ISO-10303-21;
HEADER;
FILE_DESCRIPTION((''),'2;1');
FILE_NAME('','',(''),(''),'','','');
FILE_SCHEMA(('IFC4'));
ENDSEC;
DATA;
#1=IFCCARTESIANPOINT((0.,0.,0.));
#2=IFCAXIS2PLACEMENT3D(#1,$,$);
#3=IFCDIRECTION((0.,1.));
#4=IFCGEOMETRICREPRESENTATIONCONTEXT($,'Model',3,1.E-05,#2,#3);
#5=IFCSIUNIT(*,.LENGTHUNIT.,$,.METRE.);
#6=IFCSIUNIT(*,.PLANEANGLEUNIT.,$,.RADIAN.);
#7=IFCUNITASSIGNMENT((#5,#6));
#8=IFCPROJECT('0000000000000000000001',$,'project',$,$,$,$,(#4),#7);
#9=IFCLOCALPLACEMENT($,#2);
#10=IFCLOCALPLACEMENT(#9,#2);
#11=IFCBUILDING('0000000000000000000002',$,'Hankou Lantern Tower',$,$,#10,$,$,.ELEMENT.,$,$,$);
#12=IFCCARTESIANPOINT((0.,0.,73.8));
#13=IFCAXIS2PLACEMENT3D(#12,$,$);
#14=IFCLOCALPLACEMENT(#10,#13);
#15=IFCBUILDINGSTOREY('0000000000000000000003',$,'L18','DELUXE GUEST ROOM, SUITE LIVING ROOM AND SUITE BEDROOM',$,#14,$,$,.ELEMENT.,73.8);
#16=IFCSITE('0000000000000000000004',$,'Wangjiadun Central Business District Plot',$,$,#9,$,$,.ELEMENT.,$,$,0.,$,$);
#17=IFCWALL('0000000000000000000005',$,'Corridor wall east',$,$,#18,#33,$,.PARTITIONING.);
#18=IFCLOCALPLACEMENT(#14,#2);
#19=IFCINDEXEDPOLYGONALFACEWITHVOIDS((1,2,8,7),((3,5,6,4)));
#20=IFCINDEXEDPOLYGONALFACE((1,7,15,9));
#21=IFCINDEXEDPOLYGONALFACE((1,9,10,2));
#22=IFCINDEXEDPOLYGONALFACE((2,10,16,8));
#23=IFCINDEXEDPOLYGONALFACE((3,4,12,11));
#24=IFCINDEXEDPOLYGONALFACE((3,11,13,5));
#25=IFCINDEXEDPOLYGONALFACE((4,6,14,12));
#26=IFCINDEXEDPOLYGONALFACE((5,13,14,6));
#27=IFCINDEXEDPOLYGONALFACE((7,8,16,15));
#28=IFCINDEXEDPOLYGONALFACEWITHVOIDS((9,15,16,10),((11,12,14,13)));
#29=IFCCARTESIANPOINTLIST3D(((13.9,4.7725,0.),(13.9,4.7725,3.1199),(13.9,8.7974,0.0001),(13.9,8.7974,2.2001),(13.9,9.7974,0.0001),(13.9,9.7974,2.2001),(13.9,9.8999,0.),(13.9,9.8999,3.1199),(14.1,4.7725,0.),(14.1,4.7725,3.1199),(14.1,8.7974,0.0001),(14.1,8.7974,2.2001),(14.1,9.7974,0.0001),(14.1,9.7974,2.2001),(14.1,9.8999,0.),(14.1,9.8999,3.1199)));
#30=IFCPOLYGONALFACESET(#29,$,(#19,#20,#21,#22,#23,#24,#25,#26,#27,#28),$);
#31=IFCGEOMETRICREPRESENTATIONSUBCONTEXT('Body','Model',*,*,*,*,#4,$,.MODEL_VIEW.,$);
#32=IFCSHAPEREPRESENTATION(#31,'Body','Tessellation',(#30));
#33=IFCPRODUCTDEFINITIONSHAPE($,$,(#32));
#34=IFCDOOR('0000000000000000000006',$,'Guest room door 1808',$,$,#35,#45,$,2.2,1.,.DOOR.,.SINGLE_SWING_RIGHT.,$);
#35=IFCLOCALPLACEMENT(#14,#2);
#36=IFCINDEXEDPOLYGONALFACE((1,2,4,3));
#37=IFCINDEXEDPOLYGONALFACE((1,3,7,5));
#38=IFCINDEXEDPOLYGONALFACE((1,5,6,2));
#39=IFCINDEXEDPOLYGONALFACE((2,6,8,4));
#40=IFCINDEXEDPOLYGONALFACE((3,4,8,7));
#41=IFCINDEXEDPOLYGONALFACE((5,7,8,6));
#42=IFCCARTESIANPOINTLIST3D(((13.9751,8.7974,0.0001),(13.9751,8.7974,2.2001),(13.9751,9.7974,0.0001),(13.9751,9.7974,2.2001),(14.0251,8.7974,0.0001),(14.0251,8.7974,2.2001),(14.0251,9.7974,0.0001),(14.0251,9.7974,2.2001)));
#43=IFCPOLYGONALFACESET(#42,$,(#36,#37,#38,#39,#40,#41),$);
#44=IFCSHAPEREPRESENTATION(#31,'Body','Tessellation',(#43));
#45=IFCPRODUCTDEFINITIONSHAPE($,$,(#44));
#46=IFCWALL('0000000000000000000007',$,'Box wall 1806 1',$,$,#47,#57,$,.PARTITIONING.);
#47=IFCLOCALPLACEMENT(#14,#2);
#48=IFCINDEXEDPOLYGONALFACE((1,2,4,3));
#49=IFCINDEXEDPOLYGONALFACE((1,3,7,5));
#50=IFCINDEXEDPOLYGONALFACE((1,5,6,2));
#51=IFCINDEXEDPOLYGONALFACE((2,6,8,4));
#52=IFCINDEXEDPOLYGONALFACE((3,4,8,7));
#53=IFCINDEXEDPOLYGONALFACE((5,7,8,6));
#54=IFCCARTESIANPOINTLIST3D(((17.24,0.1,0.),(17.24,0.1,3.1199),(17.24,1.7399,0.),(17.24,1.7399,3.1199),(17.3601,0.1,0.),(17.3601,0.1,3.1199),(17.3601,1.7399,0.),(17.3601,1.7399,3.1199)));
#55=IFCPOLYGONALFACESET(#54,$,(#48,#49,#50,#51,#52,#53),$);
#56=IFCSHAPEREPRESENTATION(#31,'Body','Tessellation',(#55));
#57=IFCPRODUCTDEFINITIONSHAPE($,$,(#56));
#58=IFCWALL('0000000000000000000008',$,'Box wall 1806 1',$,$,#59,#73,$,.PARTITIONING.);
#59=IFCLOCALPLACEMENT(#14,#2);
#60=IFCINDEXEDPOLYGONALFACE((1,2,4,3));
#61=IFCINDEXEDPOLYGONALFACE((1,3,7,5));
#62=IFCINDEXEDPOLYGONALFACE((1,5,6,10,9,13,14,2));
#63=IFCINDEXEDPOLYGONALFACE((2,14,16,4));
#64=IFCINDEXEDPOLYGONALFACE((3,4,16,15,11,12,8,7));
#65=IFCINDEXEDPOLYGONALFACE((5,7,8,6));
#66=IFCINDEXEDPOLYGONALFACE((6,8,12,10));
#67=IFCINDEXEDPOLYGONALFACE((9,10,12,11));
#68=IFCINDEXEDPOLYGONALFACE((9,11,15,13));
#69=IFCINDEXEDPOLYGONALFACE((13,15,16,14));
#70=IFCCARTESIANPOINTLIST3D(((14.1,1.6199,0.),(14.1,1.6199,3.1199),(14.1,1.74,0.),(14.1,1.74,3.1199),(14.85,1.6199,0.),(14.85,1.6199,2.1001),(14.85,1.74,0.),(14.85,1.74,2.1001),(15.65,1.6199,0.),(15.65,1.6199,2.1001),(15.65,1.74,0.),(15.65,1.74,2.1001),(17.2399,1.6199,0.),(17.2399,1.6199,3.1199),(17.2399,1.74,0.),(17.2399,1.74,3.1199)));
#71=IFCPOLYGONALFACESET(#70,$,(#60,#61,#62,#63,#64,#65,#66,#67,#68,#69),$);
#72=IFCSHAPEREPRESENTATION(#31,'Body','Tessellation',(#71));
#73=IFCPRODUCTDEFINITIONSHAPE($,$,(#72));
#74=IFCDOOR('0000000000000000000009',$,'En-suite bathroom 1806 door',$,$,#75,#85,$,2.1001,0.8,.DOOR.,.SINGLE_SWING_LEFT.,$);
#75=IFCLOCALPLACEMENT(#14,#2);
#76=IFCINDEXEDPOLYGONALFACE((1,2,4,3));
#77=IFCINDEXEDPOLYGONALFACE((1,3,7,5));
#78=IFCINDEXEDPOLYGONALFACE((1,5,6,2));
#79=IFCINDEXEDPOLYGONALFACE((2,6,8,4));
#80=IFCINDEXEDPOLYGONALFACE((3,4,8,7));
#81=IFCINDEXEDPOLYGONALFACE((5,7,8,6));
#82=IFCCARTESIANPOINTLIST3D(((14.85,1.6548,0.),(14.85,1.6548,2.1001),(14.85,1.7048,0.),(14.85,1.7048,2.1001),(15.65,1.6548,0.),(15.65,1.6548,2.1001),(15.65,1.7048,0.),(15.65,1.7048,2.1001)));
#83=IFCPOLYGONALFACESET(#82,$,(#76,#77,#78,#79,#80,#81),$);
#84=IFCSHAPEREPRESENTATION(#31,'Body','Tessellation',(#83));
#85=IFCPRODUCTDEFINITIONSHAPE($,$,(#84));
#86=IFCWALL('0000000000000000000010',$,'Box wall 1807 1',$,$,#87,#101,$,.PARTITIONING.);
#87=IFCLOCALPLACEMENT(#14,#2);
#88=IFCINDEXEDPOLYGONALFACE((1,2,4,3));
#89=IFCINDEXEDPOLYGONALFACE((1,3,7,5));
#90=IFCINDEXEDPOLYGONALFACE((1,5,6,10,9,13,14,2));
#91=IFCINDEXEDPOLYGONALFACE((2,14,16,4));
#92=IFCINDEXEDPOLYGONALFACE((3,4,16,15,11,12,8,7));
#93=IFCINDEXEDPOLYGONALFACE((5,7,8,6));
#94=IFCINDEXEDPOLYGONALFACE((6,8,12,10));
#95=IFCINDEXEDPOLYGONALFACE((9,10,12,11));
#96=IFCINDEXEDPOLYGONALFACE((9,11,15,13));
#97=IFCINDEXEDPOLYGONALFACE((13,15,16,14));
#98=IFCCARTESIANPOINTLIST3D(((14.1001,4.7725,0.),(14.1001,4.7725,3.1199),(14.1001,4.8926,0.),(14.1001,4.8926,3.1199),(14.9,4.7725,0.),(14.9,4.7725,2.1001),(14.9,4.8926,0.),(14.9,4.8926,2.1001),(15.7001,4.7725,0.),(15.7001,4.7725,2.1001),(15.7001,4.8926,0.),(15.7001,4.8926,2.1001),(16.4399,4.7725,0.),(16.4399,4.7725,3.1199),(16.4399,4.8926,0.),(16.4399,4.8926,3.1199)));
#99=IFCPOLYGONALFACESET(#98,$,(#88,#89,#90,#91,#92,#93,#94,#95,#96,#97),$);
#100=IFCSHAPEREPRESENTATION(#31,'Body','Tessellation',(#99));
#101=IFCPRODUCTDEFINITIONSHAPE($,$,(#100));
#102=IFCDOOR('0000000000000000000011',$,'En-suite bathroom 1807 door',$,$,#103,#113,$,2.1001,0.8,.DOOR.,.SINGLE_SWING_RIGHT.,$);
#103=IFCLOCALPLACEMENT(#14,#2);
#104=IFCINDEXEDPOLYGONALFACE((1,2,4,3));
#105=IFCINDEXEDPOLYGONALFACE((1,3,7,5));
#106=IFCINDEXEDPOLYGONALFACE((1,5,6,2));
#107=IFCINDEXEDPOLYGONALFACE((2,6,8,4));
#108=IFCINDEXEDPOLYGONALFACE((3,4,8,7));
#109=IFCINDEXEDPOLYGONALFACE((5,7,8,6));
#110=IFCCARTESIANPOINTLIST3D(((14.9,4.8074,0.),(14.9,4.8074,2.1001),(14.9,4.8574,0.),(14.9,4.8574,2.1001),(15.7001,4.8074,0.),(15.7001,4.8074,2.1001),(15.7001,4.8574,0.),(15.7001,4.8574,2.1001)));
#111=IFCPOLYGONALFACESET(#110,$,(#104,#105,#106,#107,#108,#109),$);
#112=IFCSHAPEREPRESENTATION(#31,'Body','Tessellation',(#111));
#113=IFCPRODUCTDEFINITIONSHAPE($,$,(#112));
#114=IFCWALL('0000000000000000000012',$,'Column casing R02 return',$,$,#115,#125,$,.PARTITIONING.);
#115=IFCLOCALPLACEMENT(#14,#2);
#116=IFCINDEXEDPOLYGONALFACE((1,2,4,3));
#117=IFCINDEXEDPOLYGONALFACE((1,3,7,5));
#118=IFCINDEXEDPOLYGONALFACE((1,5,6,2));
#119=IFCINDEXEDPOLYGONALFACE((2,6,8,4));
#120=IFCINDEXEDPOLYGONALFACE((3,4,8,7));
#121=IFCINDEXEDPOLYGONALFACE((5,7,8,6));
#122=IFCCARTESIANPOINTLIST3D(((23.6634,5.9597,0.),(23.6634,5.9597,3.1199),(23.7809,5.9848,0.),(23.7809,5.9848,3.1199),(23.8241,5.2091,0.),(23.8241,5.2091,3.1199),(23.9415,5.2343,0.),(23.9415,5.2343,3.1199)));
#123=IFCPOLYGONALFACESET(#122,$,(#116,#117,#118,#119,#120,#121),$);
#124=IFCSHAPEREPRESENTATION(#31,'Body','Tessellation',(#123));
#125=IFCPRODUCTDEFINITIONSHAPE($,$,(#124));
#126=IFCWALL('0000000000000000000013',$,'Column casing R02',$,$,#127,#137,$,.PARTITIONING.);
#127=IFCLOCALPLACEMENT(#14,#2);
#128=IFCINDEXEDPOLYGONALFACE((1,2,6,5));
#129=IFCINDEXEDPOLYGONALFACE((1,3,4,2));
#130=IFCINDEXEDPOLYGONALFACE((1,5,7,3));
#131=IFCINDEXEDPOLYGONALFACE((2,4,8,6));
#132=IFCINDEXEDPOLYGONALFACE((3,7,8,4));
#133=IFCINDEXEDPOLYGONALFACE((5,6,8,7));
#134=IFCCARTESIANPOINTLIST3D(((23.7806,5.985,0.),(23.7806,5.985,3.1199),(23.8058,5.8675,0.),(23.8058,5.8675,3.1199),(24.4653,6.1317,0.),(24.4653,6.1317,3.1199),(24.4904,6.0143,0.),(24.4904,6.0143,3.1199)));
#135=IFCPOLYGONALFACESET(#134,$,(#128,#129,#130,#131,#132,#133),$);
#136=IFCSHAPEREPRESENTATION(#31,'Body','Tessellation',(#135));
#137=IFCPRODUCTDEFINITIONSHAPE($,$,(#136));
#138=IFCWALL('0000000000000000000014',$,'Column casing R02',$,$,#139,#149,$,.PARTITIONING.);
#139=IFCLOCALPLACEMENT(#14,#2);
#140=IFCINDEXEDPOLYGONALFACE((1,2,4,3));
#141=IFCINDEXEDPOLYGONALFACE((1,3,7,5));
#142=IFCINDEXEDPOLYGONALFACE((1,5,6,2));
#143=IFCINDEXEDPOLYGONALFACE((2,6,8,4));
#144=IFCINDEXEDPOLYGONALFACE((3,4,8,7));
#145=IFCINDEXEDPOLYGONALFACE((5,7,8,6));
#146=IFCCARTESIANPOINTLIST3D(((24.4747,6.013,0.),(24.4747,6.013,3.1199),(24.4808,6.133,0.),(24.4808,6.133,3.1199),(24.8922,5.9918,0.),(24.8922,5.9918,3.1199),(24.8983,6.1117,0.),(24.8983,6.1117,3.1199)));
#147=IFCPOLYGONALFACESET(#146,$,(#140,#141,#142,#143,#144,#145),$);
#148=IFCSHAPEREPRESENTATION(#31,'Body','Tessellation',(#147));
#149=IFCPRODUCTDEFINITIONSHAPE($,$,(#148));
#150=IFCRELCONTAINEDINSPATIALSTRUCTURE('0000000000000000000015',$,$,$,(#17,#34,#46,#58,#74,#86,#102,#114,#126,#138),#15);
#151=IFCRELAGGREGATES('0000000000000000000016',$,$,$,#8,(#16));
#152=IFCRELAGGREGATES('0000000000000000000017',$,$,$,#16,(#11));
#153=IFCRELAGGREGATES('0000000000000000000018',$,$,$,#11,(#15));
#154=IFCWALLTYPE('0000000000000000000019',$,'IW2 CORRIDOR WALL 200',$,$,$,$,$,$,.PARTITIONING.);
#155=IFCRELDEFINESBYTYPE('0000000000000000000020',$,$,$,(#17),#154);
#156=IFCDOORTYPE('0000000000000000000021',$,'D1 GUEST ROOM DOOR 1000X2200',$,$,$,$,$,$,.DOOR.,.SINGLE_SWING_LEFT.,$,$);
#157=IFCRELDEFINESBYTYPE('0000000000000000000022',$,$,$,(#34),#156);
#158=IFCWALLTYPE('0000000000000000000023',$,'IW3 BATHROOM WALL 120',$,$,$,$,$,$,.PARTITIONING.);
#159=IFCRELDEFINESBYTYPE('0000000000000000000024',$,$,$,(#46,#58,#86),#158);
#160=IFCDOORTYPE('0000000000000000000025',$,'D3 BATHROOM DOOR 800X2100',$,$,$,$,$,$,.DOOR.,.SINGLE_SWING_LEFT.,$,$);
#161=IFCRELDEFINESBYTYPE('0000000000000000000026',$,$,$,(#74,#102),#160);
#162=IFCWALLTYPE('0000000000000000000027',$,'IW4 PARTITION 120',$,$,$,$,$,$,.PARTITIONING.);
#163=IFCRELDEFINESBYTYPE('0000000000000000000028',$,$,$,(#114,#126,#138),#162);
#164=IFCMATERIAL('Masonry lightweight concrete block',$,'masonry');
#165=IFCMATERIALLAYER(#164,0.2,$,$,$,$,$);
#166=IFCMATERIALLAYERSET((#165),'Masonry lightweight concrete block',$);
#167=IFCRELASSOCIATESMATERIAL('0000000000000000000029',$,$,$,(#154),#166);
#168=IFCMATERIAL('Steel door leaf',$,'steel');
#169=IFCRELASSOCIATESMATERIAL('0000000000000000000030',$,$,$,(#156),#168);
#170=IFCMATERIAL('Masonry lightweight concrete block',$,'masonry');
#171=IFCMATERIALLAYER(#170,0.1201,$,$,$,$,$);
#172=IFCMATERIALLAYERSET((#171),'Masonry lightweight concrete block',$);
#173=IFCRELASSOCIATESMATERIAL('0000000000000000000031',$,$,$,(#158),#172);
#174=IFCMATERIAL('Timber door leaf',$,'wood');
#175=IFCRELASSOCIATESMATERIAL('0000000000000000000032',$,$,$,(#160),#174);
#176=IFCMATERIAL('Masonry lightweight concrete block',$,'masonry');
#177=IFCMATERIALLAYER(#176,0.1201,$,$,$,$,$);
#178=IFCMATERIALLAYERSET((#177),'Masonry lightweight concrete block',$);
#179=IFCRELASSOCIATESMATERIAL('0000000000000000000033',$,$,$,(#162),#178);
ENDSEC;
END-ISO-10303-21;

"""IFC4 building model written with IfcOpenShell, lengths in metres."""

from ifc_helpers import new_model, si_unit, direction, frame, frame_2d, origin, place, context, subcontext, project, spatial, rectangle, extrude, material, layer, layer_set, type_object, element, fill, save


model = new_model("IFC4")

# Units and contexts
model_context = context("Model", 3, precision=1e-05, world=origin(), true_north=direction((0.0, 1.0)))
body_context = subcontext(model_context, "Body", "Model", "MODEL_VIEW")
ifc_project = project(units=[si_unit("LENGTHUNIT", "METRE"), si_unit("PLANEANGLEUNIT", "RADIAN")], contexts=[model_context])

# Site, building, storey
site_placement = place(None, origin())
site = spatial("IfcSite", under=ifc_project, at=site_placement, Name="Wangjiadun Central Business District Plot", CompositionType="ELEMENT", RefElevation=0.0)
building_placement = place(site_placement, origin())
building = spatial("IfcBuilding", under=site, at=building_placement, Name="Hankou Lantern Tower", CompositionType="ELEMENT")
storey_placement = place(building_placement, frame((0.0, 0.0, 73.8)))
storey = spatial("IfcBuildingStorey", under=building, at=storey_placement, Name="L18", Description="DELUXE GUEST ROOM, SUITE LIVING ROOM AND SUITE BEDROOM", CompositionType="ELEMENT", Elevation=73.8)

# Shared definitions
ifc_material_1 = material(Name="Masonry lightweight concrete block", Category="masonry")
ifc_layer_1 = layer(ifc_material_1, 0.2)
ifc_layer_set_1 = layer_set([ifc_layer_1], Name="Masonry lightweight concrete block")
wall_type_1 = type_object("IfcWallType", Name="IW2 CORRIDOR WALL 200", PredefinedType="PARTITIONING", material=ifc_layer_set_1)
ifc_material_2 = material(Name="Steel door leaf", Category="steel")
door_type_1 = type_object("IfcDoorType", Name="D1 GUEST ROOM DOOR 1000X2200", OperationType="SINGLE_SWING_LEFT", PredefinedType="DOOR", material=ifc_material_2)

# Wall, opening, door
wall_1_placement = place(storey_placement, frame((14.0, 4.7725, 0.0), z_axis=(0.0, 0.0, 1.0), x_axis=(0.0, 1.0, 0.0)))
wall_1 = element("IfcWall", 1, at=wall_1_placement, inside=storey, type_object=wall_type_1, Name="Corridor wall east", PredefinedType="PARTITIONING", context=body_context, shape_type="SweptSolid", body=[
    extrude(rectangle(XDim=5.1274, YDim=0.2, at=frame_2d((2.5637, 0.0))), origin(), (0.0, 0.0, 1.0), 3.1199),
])
opening_1_placement = place(wall_1_placement, frame((4.0249, 0.0, 0.0)))
opening_1 = element("IfcOpeningElement", 2, at=opening_1_placement, cuts=wall_1, PredefinedType="OPENING", context=body_context, shape_type="SweptSolid", body=[
    extrude(rectangle(XDim=1.0, YDim=2.2, at=frame_2d((0.5, 1.1001))), frame((0.0, 0.1099, 0.0), z_axis=(0.0, -1.0, 0.0), x_axis=(1.0, 0.0, 0.0)), (0.0, 0.0, 1.0), 0.22),
])
door_1_placement = place(opening_1_placement, origin())
door_1 = element("IfcDoor", 3, at=door_1_placement, inside=storey, type_object=door_type_1, Name="Guest room door 1808", OperationType="SINGLE_SWING_RIGHT", OverallHeight=2.2, OverallWidth=1.0, PredefinedType="DOOR", context=body_context, shape_type="SweptSolid", body=[
    extrude(rectangle(XDim=1.0, YDim=2.2, at=frame_2d((0.5, 1.1001))), frame((0.0, 0.0249, 0.0), z_axis=(0.0, -1.0, 0.0), x_axis=(1.0, 0.0, 0.0)), (0.0, 0.0, 1.0), 0.05),
])
fill(opening_1, door_1)

# Wall
ifc_material_3 = material(Name="Masonry lightweight concrete block", Category="masonry")
ifc_layer_2 = layer(ifc_material_3, 0.1201)
ifc_layer_set_2 = layer_set([ifc_layer_2], Name="Masonry lightweight concrete block")
wall_type_2 = type_object("IfcWallType", Name="IW3 BATHROOM WALL 120", PredefinedType="PARTITIONING", material=ifc_layer_set_2)
wall_2_placement = place(storey_placement, frame((17.3, 0.1001, 0.0), z_axis=(0.0, 0.0, 1.0), x_axis=(0.0, 1.0, 0.0)))
element("IfcWall", 4, at=wall_2_placement, inside=storey, type_object=wall_type_2, Name="Box wall 1806 1", PredefinedType="PARTITIONING", context=body_context, shape_type="SweptSolid", body=[
    extrude(rectangle(XDim=1.6399, YDim=0.1201, at=frame_2d((0.8198, 0.0))), origin(), (0.0, 0.0, 1.0), 3.1199),
])

# Walls, openings, doors
wall_3_placement = place(storey_placement, frame((14.1001, 1.6799, 0.0), z_axis=(0.0, 0.0, 1.0), x_axis=(1.0, 0.0, 0.0)))
wall_3 = element("IfcWall", 5, at=wall_3_placement, inside=storey, type_object=wall_type_2, Name="Box wall 1806 1", PredefinedType="PARTITIONING", context=body_context, shape_type="SweptSolid", body=[
    extrude(rectangle(XDim=3.1399, YDim=0.1201, at=frame_2d((1.5698, 0.0))), origin(), (0.0, 0.0, 1.0), 3.1199),
])
opening_2_placement = place(wall_3_placement, frame((0.75, 0.0, 0.0)))
opening_2 = element("IfcOpeningElement", 6, at=opening_2_placement, cuts=wall_3, PredefinedType="OPENING", context=body_context, shape_type="SweptSolid", body=[
    extrude(rectangle(XDim=0.8, YDim=2.1001, at=frame_2d((0.3999, 1.05))), frame((0.0, 0.0701, 0.0), z_axis=(0.0, -1.0, 0.0), x_axis=(1.0, 0.0, 0.0)), (0.0, 0.0, 1.0), 0.1401),
])
ifc_material_4 = material(Name="Timber door leaf", Category="wood")
door_type_2 = type_object("IfcDoorType", Name="D3 BATHROOM DOOR 800X2100", OperationType="SINGLE_SWING_LEFT", PredefinedType="DOOR", material=ifc_material_4)
door_2_placement = place(opening_2_placement, origin())
door_2 = element("IfcDoor", 7, at=door_2_placement, inside=storey, type_object=door_type_2, Name="En-suite bathroom 1806 door", OperationType="SINGLE_SWING_LEFT", OverallHeight=2.1001, OverallWidth=0.8, PredefinedType="DOOR", context=body_context, shape_type="SweptSolid", body=[
    extrude(rectangle(XDim=0.8, YDim=2.1001, at=frame_2d((0.3999, 1.05))), frame((0.0, 0.0249, 0.0), z_axis=(0.0, -1.0, 0.0), x_axis=(1.0, 0.0, 0.0)), (0.0, 0.0, 1.0), 0.05),
])
fill(opening_2, door_2)
wall_4_placement = place(storey_placement, frame((14.1001, 4.8325, 0.0), z_axis=(0.0, 0.0, 1.0), x_axis=(1.0, 0.0, 0.0)))
wall_4 = element("IfcWall", 8, at=wall_4_placement, inside=storey, type_object=wall_type_2, Name="Box wall 1807 1", PredefinedType="PARTITIONING", context=body_context, shape_type="SweptSolid", body=[
    extrude(rectangle(XDim=2.3398, YDim=0.1201, at=frame_2d((1.1699, 0.0))), origin(), (0.0, 0.0, 1.0), 3.1199),
])
opening_3_placement = place(wall_4_placement, frame((0.8, 0.0, 0.0)))
opening_3 = element("IfcOpeningElement", 9, at=opening_3_placement, cuts=wall_4, PredefinedType="OPENING", context=body_context, shape_type="SweptSolid", body=[
    extrude(rectangle(XDim=0.8, YDim=2.1001, at=frame_2d((0.3999, 1.05))), frame((0.0, 0.0701, 0.0), z_axis=(0.0, -1.0, 0.0), x_axis=(1.0, 0.0, 0.0)), (0.0, 0.0, 1.0), 0.1401),
])
door_3_placement = place(opening_3_placement, origin())
door_3 = element("IfcDoor", 10, at=door_3_placement, inside=storey, type_object=door_type_2, Name="En-suite bathroom 1807 door", OperationType="SINGLE_SWING_RIGHT", OverallHeight=2.1001, OverallWidth=0.8, PredefinedType="DOOR", context=body_context, shape_type="SweptSolid", body=[
    extrude(rectangle(XDim=0.8, YDim=2.1001, at=frame_2d((0.3999, 1.05))), frame((0.0, 0.0249, 0.0), z_axis=(0.0, -1.0, 0.0), x_axis=(1.0, 0.0, 0.0)), (0.0, 0.0, 1.0), 0.05),
])
fill(opening_3, door_3)

# Walls
ifc_material_5 = material(Name="Masonry lightweight concrete block", Category="masonry")
ifc_layer_3 = layer(ifc_material_5, 0.1201)
ifc_layer_set_3 = layer_set([ifc_layer_3], Name="Masonry lightweight concrete block")
wall_type_3 = type_object("IfcWallType", Name="IW4 PARTITION 120", PredefinedType="PARTITIONING", material=ifc_layer_set_3)
wall_5_placement = place(storey_placement, frame((23.8828, 5.2217, 0.0), z_axis=(0.0, 0.0, 1.0), x_axis=(-0.209312, 0.977849, 0.0)))
element("IfcWall", 11, at=wall_5_placement, inside=storey, type_object=wall_type_3, Name="Column casing R02 return", PredefinedType="PARTITIONING", context=body_context, shape_type="SweptSolid", body=[
    extrude(rectangle(XDim=0.7676, YDim=0.1201, at=frame_2d((0.3838, 0.0))), origin(), (0.0, 0.0, 1.0), 3.1199),
])
wall_6_placement = place(storey_placement, frame((23.7932, 5.9263, 0.0), z_axis=(0.0, 0.0, 1.0), x_axis=(0.977792, 0.209577, 0.0)))
element("IfcWall", 12, at=wall_6_placement, inside=storey, type_object=wall_type_3, Name="Column casing R02", PredefinedType="PARTITIONING", context=body_context, shape_type="SweptSolid", body=[
    extrude(rectangle(XDim=0.7002, YDim=0.1201, at=frame_2d((0.3501, 0.0))), origin(), (0.0, 0.0, 1.0), 3.1199),
])
wall_7_placement = place(storey_placement, frame((24.4778, 6.073, 0.0), z_axis=(0.0, 0.0, 1.0), x_axis=(0.998708, -0.050811, 0.0)))
element("IfcWall", 13, at=wall_7_placement, inside=storey, type_object=wall_type_3, Name="Column casing R02", PredefinedType="PARTITIONING", context=body_context, shape_type="SweptSolid", body=[
    extrude(rectangle(XDim=0.418, YDim=0.1201, at=frame_2d((0.209, 0.0))), origin(), (0.0, 0.0, 1.0), 3.1199),
])

save(model, "model.ifc")
